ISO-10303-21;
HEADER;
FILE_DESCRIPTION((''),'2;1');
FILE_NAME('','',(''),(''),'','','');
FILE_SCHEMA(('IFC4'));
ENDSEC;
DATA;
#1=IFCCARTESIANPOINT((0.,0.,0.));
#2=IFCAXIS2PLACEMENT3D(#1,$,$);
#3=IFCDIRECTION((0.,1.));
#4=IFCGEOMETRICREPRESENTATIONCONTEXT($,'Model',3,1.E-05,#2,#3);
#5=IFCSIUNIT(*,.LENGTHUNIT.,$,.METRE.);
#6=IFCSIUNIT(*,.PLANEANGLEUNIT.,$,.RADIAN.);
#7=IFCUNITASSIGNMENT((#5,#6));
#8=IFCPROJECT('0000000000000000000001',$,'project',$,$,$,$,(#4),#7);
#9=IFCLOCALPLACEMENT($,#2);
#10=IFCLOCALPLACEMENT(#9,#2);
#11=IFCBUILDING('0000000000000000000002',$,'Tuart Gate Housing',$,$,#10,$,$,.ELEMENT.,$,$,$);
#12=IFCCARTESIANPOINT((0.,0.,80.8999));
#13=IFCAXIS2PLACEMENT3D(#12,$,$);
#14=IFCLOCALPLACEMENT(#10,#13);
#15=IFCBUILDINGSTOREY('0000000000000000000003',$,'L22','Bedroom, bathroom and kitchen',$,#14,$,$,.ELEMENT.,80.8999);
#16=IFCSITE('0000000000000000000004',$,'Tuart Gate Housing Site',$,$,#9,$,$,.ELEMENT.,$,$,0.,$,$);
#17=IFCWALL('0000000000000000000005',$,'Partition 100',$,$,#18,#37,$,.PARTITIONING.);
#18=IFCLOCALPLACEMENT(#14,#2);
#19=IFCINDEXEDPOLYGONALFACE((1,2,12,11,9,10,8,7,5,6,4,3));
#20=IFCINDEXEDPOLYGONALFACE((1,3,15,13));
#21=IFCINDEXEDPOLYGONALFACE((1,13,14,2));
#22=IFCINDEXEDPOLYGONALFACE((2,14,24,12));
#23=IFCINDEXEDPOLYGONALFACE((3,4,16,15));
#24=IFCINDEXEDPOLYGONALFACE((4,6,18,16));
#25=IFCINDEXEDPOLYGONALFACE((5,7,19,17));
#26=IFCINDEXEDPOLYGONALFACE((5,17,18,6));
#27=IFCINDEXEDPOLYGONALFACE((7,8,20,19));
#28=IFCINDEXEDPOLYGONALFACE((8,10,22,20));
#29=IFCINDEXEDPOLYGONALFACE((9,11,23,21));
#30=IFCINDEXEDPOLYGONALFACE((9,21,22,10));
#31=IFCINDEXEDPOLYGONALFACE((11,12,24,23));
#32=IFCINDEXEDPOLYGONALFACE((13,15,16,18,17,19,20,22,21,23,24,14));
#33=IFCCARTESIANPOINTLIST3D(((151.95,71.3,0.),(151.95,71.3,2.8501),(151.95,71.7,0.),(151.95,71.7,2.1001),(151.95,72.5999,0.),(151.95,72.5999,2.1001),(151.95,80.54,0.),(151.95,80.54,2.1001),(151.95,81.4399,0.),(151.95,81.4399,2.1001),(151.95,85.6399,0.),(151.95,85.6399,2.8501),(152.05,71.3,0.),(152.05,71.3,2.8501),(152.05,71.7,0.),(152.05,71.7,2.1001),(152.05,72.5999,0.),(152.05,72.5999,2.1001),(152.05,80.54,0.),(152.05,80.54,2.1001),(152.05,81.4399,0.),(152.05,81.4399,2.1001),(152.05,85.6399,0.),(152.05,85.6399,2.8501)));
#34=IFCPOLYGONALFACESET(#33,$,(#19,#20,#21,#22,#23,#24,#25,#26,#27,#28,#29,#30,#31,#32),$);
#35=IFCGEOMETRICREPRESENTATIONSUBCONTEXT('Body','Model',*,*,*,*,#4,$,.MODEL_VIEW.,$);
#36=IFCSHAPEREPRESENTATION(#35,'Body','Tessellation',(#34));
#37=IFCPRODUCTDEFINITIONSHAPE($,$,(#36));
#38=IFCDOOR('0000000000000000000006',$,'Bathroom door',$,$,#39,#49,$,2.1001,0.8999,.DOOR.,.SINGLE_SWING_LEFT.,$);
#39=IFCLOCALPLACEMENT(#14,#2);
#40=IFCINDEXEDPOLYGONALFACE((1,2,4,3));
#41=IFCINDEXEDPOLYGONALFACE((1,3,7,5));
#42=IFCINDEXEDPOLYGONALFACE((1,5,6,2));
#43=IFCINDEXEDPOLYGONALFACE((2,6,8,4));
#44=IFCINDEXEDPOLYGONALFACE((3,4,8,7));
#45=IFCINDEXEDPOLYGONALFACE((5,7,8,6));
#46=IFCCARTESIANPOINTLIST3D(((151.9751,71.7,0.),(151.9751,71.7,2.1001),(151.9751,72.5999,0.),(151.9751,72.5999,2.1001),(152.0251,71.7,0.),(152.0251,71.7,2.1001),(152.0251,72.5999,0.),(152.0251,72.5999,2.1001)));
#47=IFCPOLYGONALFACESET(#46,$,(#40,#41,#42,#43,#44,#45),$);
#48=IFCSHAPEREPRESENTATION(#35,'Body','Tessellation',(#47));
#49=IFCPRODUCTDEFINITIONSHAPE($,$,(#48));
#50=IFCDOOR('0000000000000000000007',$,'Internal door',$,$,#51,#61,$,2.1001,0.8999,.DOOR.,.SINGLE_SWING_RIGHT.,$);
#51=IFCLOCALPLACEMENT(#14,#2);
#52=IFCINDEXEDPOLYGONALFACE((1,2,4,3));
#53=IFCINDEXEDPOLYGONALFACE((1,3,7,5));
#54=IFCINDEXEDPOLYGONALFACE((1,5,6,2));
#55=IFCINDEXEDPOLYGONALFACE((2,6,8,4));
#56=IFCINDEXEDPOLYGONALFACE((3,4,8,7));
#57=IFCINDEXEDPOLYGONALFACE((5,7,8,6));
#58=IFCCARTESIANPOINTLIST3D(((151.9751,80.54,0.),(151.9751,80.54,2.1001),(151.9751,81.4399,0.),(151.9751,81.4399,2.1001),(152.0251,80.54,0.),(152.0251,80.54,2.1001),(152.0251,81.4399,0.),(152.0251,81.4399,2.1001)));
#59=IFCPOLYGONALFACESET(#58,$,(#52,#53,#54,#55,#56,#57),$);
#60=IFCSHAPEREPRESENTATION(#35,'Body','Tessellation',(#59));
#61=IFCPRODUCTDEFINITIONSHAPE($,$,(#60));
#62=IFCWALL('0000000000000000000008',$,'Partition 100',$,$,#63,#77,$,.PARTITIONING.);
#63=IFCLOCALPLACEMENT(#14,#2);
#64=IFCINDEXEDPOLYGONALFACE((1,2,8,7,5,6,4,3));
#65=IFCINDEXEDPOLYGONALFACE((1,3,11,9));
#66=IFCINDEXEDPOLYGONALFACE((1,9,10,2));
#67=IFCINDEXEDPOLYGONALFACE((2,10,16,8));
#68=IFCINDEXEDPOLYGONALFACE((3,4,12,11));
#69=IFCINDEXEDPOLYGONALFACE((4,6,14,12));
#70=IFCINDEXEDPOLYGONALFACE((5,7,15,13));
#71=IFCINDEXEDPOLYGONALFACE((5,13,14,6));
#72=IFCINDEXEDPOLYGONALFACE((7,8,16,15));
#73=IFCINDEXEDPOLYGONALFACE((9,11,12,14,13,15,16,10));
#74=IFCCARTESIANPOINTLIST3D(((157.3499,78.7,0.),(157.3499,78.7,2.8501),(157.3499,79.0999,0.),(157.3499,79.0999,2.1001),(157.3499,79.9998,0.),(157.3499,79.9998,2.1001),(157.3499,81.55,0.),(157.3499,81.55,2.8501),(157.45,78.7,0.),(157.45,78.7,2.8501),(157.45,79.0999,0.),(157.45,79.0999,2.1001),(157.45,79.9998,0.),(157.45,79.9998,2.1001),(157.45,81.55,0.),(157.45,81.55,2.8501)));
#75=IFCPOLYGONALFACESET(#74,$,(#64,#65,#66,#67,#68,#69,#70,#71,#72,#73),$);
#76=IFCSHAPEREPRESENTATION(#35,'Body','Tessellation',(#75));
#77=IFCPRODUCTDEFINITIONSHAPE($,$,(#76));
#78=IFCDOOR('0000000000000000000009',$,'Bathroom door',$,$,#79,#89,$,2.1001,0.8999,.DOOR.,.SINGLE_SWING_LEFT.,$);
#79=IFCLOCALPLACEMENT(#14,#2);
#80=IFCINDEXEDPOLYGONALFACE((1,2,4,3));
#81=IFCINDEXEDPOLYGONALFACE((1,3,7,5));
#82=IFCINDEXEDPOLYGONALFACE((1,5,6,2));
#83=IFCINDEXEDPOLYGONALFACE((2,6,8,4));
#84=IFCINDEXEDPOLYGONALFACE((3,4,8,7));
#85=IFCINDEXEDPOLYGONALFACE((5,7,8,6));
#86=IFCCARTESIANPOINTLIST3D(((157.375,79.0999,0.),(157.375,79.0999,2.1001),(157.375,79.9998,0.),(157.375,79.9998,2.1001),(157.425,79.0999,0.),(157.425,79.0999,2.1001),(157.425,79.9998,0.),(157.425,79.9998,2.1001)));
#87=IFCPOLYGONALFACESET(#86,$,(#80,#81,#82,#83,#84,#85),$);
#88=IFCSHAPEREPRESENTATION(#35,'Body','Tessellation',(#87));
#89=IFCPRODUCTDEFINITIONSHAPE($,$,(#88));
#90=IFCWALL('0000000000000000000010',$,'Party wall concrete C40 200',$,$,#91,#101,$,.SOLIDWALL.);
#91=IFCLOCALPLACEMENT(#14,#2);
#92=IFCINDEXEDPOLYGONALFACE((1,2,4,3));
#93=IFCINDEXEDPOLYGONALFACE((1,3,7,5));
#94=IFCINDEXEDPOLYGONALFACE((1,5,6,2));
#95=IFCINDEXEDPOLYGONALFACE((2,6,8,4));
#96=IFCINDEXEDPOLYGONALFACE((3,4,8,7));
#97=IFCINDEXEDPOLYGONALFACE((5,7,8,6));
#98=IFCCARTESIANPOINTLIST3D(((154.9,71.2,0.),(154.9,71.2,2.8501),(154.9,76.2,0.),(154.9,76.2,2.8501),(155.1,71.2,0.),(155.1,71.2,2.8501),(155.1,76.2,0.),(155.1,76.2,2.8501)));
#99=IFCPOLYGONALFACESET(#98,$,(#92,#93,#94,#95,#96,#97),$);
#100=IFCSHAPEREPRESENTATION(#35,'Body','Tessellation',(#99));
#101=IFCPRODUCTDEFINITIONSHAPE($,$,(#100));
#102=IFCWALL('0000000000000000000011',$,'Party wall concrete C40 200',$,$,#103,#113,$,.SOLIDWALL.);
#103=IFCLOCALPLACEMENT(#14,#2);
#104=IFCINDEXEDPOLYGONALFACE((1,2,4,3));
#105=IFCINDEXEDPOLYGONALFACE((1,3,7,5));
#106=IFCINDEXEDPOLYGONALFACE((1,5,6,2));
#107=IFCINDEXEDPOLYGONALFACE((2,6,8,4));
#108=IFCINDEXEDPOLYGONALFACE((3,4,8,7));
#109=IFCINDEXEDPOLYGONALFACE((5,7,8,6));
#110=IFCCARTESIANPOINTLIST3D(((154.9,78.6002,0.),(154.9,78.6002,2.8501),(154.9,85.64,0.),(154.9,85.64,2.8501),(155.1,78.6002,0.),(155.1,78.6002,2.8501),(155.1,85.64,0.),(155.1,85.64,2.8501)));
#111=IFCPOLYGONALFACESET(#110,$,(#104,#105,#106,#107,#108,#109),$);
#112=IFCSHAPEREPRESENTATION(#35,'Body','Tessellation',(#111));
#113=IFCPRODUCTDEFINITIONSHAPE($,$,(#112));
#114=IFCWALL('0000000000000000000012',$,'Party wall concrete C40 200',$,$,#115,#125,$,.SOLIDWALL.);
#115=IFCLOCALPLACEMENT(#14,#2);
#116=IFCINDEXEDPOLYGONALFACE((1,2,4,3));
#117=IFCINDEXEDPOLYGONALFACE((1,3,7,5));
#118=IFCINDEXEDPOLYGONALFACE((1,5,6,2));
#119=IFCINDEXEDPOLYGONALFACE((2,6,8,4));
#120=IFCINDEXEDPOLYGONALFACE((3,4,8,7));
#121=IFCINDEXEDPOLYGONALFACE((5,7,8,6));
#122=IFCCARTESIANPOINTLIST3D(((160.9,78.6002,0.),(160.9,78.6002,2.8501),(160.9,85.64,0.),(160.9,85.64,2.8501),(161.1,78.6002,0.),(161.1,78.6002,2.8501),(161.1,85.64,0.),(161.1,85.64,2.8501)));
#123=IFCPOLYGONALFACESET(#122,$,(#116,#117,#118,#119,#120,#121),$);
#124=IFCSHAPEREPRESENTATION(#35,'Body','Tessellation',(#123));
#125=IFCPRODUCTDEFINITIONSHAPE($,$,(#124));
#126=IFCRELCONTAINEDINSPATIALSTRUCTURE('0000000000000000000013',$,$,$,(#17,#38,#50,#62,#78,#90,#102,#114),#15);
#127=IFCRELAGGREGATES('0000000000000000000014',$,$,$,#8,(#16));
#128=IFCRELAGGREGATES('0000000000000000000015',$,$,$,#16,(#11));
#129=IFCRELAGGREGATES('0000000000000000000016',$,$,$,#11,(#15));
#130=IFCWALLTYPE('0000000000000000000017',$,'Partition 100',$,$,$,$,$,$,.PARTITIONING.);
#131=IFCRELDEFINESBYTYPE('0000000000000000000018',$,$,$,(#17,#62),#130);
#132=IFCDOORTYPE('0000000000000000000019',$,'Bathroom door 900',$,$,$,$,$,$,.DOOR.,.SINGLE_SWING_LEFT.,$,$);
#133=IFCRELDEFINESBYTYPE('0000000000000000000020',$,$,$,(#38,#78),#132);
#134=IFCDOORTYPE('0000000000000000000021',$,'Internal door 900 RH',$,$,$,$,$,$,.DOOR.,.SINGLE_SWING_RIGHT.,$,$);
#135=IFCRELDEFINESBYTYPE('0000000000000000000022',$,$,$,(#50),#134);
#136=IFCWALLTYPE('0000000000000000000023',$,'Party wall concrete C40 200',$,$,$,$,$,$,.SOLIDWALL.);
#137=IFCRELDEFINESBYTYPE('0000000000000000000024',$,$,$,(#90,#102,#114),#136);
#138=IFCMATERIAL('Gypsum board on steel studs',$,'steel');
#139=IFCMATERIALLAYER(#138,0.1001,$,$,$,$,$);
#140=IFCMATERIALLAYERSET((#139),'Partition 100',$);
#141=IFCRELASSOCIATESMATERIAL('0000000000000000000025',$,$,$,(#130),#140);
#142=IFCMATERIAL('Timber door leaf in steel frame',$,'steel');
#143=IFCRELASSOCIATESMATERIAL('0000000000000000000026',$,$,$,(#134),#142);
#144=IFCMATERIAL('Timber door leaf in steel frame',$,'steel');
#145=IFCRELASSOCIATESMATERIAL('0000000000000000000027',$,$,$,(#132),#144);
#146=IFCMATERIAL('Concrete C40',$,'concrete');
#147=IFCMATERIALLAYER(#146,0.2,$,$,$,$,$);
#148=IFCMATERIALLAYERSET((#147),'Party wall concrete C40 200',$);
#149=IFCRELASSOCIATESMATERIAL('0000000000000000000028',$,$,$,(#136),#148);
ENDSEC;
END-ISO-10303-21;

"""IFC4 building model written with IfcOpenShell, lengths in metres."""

from ifc_helpers import new_model, si_unit, direction, frame, frame_2d, origin, place, context, subcontext, project, spatial, rectangle, extrude, material, layer, layer_set, type_object, element, fill, save


model = new_model("IFC4")

# Units and contexts
model_context = context("Model", 3, precision=1e-05, world=origin(), true_north=direction((0.0, 1.0)))
body_context = subcontext(model_context, "Body", "Model", "MODEL_VIEW")
ifc_project = project(units=[si_unit("LENGTHUNIT", "METRE"), si_unit("PLANEANGLEUNIT", "RADIAN")], contexts=[model_context])

# Site, building, storey
site_placement = place(None, origin())
site = spatial("IfcSite", under=ifc_project, at=site_placement, Name="Tuart Gate Housing Site", CompositionType="ELEMENT", RefElevation=0.0)
building_placement = place(site_placement, origin())
building = spatial("IfcBuilding", under=site, at=building_placement, Name="Tuart Gate Housing", CompositionType="ELEMENT")
storey_placement = place(building_placement, frame((0.0, 0.0, 80.8999)))
storey = spatial("IfcBuildingStorey", under=building, at=storey_placement, Name="L22", Description="Bedroom, bathroom and kitchen", CompositionType="ELEMENT", Elevation=80.8999)

# Shared definitions
ifc_material_1 = material(Name="Gypsum board on steel studs", Category="steel")
ifc_layer_1 = layer(ifc_material_1, 0.1001)
ifc_layer_set_1 = layer_set([ifc_layer_1], Name="Partition 100")
wall_type_1 = type_object("IfcWallType", Name="Partition 100", PredefinedType="PARTITIONING", material=ifc_layer_set_1)
ifc_material_2 = material(Name="Timber door leaf in steel frame", Category="steel")
door_type_1 = type_object("IfcDoorType", Name="Internal door 900 RH", OperationType="SINGLE_SWING_RIGHT", PredefinedType="DOOR", material=ifc_material_2)

# Wall, openings, doors
wall_1_placement = place(storey_placement, frame((152.0, 71.3, 0.0), z_axis=(0.0, 0.0, 1.0), x_axis=(0.0, 1.0, 0.0)))
wall_1 = element("IfcWall", 1, at=wall_1_placement, inside=storey, type_object=wall_type_1, Name="Partition 100", PredefinedType="PARTITIONING", context=body_context, shape_type="SweptSolid", body=[
    extrude(rectangle(XDim=14.3398, YDim=0.1001, at=frame_2d((7.1699, 0.0))), origin(), (0.0, 0.0, 1.0), 2.8501),
])
opening_1_placement = place(wall_1_placement, frame((9.24, 0.0, 0.0)))
opening_1 = element("IfcOpeningElement", 2, at=opening_1_placement, cuts=wall_1, PredefinedType="OPENING", context=body_context, shape_type="SweptSolid", body=[
    extrude(rectangle(XDim=0.8999, YDim=2.1001, at=frame_2d((0.45, 1.05))), frame((0.0, 0.0601, 0.0), z_axis=(0.0, -1.0, 0.0), x_axis=(1.0, 0.0, 0.0)), (0.0, 0.0, 1.0), 0.1201),
])
opening_2_placement = place(wall_1_placement, frame((0.3999, 0.0, 0.0)))
opening_2 = element("IfcOpeningElement", 3, at=opening_2_placement, cuts=wall_1, PredefinedType="OPENING", context=body_context, shape_type="SweptSolid", body=[
    extrude(rectangle(XDim=0.8999, YDim=2.1001, at=frame_2d((0.45, 1.05))), frame((0.0, 0.0601, 0.0), z_axis=(0.0, -1.0, 0.0), x_axis=(1.0, 0.0, 0.0)), (0.0, 0.0, 1.0), 0.1201),
])
ifc_material_3 = material(Name="Timber door leaf in steel frame", Category="steel")
door_type_2 = type_object("IfcDoorType", Name="Bathroom door 900", OperationType="SINGLE_SWING_LEFT", PredefinedType="DOOR", material=ifc_material_3)
door_1_placement = place(opening_2_placement, origin())
door_1 = element("IfcDoor", 4, at=door_1_placement, inside=storey, type_object=door_type_2, Name="Bathroom door", OperationType="SINGLE_SWING_LEFT", OverallHeight=2.1001, OverallWidth=0.8999, PredefinedType="DOOR", context=body_context, shape_type="SweptSolid", body=[
    extrude(rectangle(XDim=0.8999, YDim=2.1001, at=frame_2d((0.45, 1.05))), frame((0.0, 0.0249, 0.0), z_axis=(0.0, -1.0, 0.0), x_axis=(1.0, 0.0, 0.0)), (0.0, 0.0, 1.0), 0.05),
])
fill(opening_2, door_1)
door_2_placement = place(opening_1_placement, origin())
door_2 = element("IfcDoor", 5, at=door_2_placement, inside=storey, type_object=door_type_1, Name="Internal door", OperationType="SINGLE_SWING_RIGHT", OverallHeight=2.1001, OverallWidth=0.8999, PredefinedType="DOOR", context=body_context, shape_type="SweptSolid", body=[
    extrude(rectangle(XDim=0.8999, YDim=2.1001, at=frame_2d((0.45, 1.05))), frame((0.0, 0.0249, 0.0), z_axis=(0.0, -1.0, 0.0), x_axis=(1.0, 0.0, 0.0)), (0.0, 0.0, 1.0), 0.05),
])
fill(opening_1, door_2)

# Wall, opening, door
wall_2_placement = place(storey_placement, frame((157.3999, 78.7, 0.0), z_axis=(0.0, 0.0, 1.0), x_axis=(0.0, 1.0, 0.0)))
wall_2 = element("IfcWall", 6, at=wall_2_placement, inside=storey, type_object=wall_type_1, Name="Partition 100", PredefinedType="PARTITIONING", context=body_context, shape_type="SweptSolid", body=[
    extrude(rectangle(XDim=2.8501, YDim=0.1001, at=frame_2d((1.425, 0.0))), origin(), (0.0, 0.0, 1.0), 2.8501),
])
opening_3_placement = place(wall_2_placement, frame((0.3999, 0.0, 0.0)))
opening_3 = element("IfcOpeningElement", 7, at=opening_3_placement, cuts=wall_2, PredefinedType="OPENING", context=body_context, shape_type="SweptSolid", body=[
    extrude(rectangle(XDim=0.8999, YDim=2.1001, at=frame_2d((0.45, 1.05))), frame((0.0, 0.0601, 0.0), z_axis=(0.0, -1.0, 0.0), x_axis=(1.0, 0.0, 0.0)), (0.0, 0.0, 1.0), 0.1201),
])
door_3_placement = place(opening_3_placement, origin())
door_3 = element("IfcDoor", 8, at=door_3_placement, inside=storey, type_object=door_type_2, Name="Bathroom door", OperationType="SINGLE_SWING_LEFT", OverallHeight=2.1001, OverallWidth=0.8999, PredefinedType="DOOR", context=body_context, shape_type="SweptSolid", body=[
    extrude(rectangle(XDim=0.8999, YDim=2.1001, at=frame_2d((0.45, 1.05))), frame((0.0, 0.0249, 0.0), z_axis=(0.0, -1.0, 0.0), x_axis=(1.0, 0.0, 0.0)), (0.0, 0.0, 1.0), 0.05),
])
fill(opening_3, door_3)

# Walls
ifc_material_4 = material(Name="Concrete C40", Category="concrete")
ifc_layer_2 = layer(ifc_material_4, 0.2)
ifc_layer_set_2 = layer_set([ifc_layer_2], Name="Party wall concrete C40 200")
wall_type_2 = type_object("IfcWallType", Name="Party wall concrete C40 200", PredefinedType="SOLIDWALL", material=ifc_layer_set_2)
wall_3_placement = place(storey_placement, frame((155.0, 71.2, 0.0), z_axis=(0.0, 0.0, 1.0), x_axis=(0.0, 1.0, 0.0)))
element("IfcWall", 9, at=wall_3_placement, inside=storey, type_object=wall_type_2, Name="Party wall concrete C40 200", PredefinedType="SOLIDWALL", context=body_context, shape_type="SweptSolid", body=[
    extrude(rectangle(XDim=5.0, YDim=0.2, at=frame_2d((2.5, 0.0))), origin(), (0.0, 0.0, 1.0), 2.8501),
])
for number, where, z_axis, x_axis, name in (
    (10, (155.0, 78.6001, 0.0), (0.0, 0.0, 1.0), (0.0, 1.0, 0.0), "Party wall concrete C40 200"),
    (11, (161.0, 78.6001, 0.0), (0.0, 0.0, 1.0), (0.0, 1.0, 0.0), "Party wall concrete C40 200"),
):
    element("IfcWall", number, at=place(storey_placement, frame(where, z_axis=z_axis, x_axis=x_axis)), inside=storey, type_object=wall_type_2, Name=name, PredefinedType="SOLIDWALL", context=body_context, shape_type="SweptSolid", body=[
        extrude(rectangle(XDim=7.0398, YDim=0.2, at=frame_2d((3.52, 0.0))), origin(), (0.0, 0.0, 1.0), 2.8501),
    ])

save(model, "model.ifc")
